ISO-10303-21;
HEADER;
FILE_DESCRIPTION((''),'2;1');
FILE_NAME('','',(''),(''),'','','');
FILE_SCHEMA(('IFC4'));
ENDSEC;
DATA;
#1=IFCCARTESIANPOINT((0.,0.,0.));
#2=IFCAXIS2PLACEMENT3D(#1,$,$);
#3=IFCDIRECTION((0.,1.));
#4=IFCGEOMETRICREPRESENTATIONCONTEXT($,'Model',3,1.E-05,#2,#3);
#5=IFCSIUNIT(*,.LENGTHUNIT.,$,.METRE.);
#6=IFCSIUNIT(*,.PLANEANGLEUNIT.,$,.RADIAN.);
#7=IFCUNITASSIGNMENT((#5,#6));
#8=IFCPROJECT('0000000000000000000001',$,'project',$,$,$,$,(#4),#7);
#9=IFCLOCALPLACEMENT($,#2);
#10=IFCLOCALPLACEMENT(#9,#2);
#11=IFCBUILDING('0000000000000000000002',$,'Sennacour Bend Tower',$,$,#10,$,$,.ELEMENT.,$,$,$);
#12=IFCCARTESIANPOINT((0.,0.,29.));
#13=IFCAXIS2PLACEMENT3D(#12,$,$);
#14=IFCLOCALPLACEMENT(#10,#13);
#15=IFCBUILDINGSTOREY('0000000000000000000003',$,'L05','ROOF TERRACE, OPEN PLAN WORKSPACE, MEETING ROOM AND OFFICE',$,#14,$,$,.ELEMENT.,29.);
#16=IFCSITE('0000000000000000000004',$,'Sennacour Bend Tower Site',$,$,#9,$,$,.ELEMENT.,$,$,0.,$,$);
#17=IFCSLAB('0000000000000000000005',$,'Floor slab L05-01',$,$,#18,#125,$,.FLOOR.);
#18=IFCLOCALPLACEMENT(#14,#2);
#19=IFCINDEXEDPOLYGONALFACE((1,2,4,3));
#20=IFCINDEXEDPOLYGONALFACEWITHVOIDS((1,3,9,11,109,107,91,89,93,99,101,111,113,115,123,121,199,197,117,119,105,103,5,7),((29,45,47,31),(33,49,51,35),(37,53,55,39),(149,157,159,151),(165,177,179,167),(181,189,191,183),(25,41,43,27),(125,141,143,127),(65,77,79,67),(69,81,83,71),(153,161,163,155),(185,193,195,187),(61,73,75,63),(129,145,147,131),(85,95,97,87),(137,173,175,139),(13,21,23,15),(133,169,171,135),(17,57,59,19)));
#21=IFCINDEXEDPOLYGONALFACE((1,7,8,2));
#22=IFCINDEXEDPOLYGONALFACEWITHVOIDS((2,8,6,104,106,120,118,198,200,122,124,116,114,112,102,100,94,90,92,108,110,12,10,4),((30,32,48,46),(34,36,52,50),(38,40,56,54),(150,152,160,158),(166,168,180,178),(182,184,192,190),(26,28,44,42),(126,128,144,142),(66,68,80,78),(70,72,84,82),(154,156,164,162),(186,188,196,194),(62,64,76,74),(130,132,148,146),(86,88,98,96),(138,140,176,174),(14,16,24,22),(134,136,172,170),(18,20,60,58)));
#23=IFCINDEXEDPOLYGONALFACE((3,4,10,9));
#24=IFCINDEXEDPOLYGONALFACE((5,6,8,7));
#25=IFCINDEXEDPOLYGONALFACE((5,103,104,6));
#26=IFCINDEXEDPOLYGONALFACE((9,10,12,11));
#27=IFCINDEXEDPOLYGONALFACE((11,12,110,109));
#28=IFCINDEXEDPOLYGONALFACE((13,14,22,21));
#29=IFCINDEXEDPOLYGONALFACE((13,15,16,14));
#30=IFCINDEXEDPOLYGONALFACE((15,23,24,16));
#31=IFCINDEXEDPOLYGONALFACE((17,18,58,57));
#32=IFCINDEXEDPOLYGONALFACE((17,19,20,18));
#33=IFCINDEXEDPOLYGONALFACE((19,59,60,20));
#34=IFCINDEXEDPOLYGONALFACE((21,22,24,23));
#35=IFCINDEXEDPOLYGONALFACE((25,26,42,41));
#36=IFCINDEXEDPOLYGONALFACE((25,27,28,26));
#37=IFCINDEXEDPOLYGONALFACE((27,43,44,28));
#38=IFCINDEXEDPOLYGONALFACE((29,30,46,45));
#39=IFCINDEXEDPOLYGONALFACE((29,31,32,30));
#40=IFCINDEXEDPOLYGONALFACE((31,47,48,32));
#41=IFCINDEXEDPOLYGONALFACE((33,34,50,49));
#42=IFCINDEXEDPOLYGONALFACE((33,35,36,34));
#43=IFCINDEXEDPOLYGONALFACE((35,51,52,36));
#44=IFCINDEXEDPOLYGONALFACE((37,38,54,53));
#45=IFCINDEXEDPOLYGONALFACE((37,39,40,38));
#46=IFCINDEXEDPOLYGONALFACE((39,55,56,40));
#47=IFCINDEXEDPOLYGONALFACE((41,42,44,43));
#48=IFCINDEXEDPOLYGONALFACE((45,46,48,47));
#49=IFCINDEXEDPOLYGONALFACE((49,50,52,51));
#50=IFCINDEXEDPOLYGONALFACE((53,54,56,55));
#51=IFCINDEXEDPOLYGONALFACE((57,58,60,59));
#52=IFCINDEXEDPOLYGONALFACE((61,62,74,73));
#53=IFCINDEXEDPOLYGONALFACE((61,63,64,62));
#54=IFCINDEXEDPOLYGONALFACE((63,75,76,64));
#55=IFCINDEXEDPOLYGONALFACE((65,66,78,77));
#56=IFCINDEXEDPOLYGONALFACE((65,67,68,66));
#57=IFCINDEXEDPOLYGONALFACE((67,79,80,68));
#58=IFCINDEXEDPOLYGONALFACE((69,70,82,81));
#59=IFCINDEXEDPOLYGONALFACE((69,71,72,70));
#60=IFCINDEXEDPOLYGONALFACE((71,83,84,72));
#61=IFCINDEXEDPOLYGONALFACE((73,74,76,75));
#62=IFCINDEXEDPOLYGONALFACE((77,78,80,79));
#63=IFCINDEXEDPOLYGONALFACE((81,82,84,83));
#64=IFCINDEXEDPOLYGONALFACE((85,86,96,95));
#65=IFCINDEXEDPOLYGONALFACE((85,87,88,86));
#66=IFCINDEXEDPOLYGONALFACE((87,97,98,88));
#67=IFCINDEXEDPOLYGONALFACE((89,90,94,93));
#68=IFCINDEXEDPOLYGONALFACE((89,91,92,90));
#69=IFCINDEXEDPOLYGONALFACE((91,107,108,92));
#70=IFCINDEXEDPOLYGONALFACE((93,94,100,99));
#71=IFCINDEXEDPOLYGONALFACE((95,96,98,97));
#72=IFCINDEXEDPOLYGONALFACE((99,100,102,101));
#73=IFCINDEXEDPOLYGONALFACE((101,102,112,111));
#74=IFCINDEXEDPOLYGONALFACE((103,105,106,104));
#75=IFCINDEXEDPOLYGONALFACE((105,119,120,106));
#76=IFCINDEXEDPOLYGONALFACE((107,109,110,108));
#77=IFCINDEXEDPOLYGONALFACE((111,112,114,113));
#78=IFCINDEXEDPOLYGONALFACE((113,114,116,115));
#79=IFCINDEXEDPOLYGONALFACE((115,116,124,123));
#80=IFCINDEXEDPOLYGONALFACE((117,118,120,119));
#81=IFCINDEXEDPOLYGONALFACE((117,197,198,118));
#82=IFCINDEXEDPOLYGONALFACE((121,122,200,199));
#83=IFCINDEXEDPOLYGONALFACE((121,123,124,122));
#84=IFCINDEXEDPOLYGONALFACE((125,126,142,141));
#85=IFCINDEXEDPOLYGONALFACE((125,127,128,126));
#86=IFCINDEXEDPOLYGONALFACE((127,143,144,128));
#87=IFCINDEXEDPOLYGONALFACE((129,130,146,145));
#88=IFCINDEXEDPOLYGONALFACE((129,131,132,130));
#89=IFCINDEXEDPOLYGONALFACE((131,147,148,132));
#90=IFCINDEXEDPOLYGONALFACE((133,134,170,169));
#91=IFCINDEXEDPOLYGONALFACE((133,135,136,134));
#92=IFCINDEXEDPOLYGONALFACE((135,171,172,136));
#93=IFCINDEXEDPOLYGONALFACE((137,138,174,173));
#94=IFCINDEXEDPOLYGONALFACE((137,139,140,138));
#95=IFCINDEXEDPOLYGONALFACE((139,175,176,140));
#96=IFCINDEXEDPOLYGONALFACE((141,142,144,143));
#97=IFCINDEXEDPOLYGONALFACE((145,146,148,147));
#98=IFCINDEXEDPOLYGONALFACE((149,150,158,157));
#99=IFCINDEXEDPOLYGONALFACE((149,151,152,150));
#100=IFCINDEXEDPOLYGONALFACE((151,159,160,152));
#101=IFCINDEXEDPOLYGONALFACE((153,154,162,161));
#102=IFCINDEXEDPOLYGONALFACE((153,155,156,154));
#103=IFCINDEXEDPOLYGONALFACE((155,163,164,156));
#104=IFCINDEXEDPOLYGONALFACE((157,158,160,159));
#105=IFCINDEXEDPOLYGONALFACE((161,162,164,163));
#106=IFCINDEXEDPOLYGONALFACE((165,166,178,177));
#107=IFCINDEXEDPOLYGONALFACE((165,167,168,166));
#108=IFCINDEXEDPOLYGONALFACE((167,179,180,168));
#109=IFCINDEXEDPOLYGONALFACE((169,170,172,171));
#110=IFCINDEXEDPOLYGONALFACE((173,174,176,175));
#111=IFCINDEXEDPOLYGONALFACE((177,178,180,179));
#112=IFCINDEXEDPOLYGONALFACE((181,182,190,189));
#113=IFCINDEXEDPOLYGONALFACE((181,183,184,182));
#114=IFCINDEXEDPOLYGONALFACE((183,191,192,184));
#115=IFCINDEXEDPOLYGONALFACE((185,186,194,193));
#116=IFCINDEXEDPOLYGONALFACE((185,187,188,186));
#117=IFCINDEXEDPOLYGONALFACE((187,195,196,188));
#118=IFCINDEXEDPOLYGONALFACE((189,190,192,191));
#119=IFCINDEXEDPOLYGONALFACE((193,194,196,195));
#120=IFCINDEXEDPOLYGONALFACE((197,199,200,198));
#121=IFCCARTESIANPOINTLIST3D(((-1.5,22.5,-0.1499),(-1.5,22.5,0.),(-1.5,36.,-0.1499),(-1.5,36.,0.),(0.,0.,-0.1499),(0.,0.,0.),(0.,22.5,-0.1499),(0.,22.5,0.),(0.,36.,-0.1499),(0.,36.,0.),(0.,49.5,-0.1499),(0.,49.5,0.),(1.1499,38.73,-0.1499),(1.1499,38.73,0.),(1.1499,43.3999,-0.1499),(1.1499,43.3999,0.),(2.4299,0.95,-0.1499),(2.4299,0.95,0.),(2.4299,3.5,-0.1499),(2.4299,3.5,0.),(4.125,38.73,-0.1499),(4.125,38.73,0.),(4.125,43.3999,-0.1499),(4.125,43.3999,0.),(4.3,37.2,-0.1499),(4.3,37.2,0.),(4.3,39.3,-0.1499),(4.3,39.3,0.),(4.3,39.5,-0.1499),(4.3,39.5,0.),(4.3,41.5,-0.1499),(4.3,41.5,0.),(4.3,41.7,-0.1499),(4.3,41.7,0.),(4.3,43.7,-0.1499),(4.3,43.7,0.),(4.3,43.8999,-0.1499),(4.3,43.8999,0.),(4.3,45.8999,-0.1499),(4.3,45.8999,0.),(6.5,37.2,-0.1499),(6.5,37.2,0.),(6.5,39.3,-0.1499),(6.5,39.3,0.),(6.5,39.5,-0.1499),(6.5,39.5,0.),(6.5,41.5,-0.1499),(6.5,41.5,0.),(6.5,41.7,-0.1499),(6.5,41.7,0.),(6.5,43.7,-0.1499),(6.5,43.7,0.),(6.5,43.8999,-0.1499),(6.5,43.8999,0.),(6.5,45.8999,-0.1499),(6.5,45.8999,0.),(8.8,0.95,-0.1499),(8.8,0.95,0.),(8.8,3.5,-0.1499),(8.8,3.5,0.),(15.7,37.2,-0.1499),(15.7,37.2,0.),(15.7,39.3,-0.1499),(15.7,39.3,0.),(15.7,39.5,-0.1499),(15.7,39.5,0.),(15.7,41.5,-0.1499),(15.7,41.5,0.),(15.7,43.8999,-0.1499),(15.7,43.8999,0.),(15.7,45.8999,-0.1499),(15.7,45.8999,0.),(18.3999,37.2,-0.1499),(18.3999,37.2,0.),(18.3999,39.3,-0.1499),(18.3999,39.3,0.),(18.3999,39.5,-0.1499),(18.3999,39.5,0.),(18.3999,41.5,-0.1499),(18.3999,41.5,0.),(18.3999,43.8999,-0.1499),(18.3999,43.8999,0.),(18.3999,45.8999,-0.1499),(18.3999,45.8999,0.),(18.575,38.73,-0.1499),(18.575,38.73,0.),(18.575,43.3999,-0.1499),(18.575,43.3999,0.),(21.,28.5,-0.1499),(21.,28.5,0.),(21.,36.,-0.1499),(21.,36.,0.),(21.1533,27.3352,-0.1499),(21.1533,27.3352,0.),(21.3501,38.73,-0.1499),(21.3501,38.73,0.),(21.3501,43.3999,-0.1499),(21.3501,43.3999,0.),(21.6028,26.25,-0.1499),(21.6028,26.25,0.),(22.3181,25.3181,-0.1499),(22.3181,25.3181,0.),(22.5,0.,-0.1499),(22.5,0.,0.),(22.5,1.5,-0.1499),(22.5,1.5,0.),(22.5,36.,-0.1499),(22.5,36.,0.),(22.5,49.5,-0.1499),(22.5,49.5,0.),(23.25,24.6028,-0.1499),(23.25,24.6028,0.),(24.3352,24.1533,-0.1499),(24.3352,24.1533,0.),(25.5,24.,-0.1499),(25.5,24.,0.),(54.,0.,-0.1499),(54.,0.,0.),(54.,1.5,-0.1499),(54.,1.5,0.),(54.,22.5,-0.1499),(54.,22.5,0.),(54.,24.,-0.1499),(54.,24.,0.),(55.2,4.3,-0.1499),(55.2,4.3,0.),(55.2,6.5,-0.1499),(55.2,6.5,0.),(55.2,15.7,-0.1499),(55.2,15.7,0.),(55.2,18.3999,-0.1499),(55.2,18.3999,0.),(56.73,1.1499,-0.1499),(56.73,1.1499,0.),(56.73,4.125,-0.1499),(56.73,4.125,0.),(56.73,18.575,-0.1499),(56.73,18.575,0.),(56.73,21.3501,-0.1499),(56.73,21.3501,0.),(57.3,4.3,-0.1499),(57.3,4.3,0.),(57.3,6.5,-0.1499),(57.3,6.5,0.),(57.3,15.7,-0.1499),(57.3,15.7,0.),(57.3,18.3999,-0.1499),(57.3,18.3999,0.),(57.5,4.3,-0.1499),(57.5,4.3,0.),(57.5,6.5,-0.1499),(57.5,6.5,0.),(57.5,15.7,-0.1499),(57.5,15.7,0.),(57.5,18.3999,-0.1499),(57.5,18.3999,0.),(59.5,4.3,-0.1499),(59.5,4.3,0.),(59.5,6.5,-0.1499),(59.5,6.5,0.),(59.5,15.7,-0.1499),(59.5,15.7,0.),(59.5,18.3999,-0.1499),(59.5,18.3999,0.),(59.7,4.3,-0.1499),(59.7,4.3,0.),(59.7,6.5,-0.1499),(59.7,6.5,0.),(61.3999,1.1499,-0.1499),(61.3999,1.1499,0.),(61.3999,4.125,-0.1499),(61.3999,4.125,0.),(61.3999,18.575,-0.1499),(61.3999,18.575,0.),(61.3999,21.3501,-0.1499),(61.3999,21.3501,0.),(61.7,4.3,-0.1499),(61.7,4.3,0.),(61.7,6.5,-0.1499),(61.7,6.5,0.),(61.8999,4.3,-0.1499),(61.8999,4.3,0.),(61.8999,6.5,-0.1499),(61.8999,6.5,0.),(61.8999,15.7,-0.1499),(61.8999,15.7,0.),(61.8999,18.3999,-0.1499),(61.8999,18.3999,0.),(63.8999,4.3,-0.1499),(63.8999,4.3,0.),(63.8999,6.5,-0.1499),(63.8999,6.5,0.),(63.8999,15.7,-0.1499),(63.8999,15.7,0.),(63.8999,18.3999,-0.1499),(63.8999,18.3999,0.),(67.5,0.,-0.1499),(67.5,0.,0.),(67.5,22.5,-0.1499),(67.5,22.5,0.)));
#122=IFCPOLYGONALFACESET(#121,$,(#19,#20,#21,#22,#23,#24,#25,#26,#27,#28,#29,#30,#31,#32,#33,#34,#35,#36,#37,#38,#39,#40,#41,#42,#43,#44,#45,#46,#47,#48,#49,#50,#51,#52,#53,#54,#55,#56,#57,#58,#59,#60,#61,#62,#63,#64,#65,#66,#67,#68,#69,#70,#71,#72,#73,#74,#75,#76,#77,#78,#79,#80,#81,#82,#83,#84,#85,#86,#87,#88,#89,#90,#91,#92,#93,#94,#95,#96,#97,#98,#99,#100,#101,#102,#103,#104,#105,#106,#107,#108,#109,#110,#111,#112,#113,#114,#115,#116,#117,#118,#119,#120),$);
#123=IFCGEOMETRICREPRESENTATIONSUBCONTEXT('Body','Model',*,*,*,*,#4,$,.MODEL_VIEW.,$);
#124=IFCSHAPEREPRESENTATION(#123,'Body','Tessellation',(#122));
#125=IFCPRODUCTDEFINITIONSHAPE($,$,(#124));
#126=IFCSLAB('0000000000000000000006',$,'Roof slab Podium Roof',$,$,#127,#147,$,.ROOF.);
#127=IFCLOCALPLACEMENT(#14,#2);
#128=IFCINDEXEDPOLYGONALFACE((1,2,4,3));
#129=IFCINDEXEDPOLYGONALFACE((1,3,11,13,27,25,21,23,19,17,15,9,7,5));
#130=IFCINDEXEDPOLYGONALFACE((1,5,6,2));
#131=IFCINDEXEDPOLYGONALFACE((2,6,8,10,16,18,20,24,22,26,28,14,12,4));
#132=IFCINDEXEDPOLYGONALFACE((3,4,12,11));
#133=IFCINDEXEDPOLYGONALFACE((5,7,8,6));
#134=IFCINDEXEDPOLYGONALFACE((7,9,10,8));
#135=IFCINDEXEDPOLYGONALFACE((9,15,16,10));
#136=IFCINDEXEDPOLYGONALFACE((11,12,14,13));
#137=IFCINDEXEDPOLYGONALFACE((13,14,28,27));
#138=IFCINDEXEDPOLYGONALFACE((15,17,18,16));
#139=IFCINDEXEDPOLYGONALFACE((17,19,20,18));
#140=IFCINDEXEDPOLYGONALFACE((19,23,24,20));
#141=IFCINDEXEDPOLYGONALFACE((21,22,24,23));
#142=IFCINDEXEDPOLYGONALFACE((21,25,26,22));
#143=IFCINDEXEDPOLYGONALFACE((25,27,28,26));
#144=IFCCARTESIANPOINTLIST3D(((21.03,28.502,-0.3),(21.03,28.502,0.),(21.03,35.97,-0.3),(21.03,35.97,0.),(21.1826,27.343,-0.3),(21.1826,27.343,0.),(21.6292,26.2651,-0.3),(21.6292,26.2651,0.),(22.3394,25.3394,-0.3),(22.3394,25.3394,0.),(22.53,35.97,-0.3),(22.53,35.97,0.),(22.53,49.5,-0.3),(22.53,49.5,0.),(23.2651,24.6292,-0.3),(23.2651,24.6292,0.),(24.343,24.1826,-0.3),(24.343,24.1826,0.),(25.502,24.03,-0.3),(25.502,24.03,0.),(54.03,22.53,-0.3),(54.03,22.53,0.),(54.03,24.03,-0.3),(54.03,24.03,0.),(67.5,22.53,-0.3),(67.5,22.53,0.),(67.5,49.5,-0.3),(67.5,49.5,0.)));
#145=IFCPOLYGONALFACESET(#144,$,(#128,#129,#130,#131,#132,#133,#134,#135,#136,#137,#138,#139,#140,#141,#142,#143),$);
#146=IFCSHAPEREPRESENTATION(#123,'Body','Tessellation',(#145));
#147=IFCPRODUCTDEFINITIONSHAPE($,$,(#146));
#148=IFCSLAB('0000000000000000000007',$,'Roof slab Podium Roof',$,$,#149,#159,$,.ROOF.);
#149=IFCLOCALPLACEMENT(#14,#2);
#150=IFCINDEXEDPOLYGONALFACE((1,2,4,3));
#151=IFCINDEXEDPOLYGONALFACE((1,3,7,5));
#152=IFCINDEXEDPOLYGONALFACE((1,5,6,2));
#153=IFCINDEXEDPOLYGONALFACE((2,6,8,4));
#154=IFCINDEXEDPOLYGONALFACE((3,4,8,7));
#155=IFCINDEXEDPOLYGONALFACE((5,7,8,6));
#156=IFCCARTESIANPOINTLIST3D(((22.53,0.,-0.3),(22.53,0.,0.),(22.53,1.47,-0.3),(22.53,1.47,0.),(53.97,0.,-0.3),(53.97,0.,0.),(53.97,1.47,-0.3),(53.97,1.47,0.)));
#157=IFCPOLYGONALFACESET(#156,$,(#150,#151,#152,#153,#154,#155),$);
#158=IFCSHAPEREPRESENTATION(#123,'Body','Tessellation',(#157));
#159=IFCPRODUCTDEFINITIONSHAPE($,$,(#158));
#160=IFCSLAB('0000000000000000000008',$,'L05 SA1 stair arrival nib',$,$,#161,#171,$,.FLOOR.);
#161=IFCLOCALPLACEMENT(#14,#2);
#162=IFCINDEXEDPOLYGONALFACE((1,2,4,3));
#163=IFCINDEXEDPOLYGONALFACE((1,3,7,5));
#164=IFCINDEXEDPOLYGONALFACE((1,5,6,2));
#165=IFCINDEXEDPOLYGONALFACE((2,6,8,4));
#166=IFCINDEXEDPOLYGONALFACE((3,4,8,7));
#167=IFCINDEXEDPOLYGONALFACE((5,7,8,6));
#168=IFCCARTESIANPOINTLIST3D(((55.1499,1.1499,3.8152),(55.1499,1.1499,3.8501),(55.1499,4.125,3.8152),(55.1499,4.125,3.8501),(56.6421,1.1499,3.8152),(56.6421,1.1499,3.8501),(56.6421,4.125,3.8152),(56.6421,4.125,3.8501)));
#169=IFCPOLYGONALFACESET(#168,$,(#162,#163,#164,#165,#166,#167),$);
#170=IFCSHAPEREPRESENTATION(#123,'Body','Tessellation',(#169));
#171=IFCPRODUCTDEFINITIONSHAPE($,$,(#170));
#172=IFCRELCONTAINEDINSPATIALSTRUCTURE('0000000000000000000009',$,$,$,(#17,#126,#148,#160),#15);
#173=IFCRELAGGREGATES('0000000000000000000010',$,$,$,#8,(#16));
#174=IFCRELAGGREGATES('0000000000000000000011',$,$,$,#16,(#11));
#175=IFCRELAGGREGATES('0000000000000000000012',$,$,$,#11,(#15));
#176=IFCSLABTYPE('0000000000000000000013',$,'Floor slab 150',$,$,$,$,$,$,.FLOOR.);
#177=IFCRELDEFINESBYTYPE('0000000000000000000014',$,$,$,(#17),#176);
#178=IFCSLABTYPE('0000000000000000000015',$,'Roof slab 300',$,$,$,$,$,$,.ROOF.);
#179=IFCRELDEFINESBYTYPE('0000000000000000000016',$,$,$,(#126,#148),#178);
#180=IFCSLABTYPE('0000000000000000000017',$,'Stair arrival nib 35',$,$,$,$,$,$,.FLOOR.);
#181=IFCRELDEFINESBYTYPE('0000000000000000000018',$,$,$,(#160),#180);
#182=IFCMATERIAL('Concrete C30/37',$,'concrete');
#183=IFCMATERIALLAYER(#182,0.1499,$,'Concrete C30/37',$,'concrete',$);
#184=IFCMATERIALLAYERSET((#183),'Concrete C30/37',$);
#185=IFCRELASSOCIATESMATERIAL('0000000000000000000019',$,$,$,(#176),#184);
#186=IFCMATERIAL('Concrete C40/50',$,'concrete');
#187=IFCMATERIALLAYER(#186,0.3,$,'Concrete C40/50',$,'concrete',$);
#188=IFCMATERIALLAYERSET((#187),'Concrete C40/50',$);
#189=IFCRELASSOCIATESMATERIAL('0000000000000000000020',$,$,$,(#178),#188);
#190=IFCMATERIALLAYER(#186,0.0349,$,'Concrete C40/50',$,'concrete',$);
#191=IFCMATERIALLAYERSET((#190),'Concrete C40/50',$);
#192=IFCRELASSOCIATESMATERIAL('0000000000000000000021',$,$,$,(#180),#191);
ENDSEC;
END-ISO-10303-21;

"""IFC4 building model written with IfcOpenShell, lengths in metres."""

from ifc_helpers import new_model, si_unit, direction, frame, origin, place, context, subcontext, project, spatial, polyline, outline, extrude, material, layer, layer_set, type_object, element, save


model = new_model("IFC4")

# Units and contexts
model_context = context("Model", 3, precision=1e-05, world=origin(), true_north=direction((0.0, 1.0)))
body_context = subcontext(model_context, "Body", "Model", "MODEL_VIEW")
ifc_project = project(units=[si_unit("LENGTHUNIT", "METRE"), si_unit("PLANEANGLEUNIT", "RADIAN")], contexts=[model_context])

# Site, building, storey
site_placement = place(None, origin())
site = spatial("IfcSite", under=ifc_project, at=site_placement, Name="Sennacour Bend Tower Site", CompositionType="ELEMENT", RefElevation=0.0)
building_placement = place(site_placement, origin())
building = spatial("IfcBuilding", under=site, at=building_placement, Name="Sennacour Bend Tower", CompositionType="ELEMENT")
storey_placement = place(building_placement, frame((0.0, 0.0, 29.0)))
storey = spatial("IfcBuildingStorey", under=building, at=storey_placement, Name="L05", Description="ROOF TERRACE, OPEN PLAN WORKSPACE, MEETING ROOM AND OFFICE", CompositionType="ELEMENT", Elevation=29.0)

# Slabs
ifc_material_1 = material(Name="Concrete C30/37", Category="concrete")
ifc_layer_1 = layer(ifc_material_1, 0.1499, Name="Concrete C30/37", Category="concrete")
ifc_layer_set_1 = layer_set([ifc_layer_1], Name="Concrete C30/37")
slab_type_1 = type_object("IfcSlabType", Name="Floor slab 150", PredefinedType="FLOOR", material=ifc_layer_set_1)
slab_1_placement = place(storey_placement, frame((0.0, 0.0, -0.1499)))
element("IfcSlab", 1, at=slab_1_placement, inside=storey, type_object=slab_type_1, Name="Floor slab L05-01", PredefinedType="FLOOR", context=body_context, shape_type="SweptSolid", body=[
    extrude(outline(polyline([(0.0, 22.5), (-1.5, 22.5), (-1.5, 36.0), (0.0, 36.0), (0.0, 49.5), (22.5, 49.5), (22.5, 36.0), (21.0, 36.0), (21.0, 28.5), (21.1533, 27.3352), (21.6028, 26.25), (22.3181, 25.3181), (23.25, 24.6028), (24.3352, 24.1533), (25.5, 24.0), (54.0, 24.0), (54.0, 22.5), (67.5, 22.5), (67.5, 0.0), (54.0, 0.0), (54.0, 1.5), (22.5, 1.5), (22.5, 0.0), (0.0, 0.0), (0.0, 22.5)]), holes=[polyline([(8.8, 0.95), (8.8, 3.5), (2.4299, 3.5), (2.4299, 0.95), (8.8, 0.95)]), polyline([(6.5, 37.2), (6.5, 39.3), (4.3, 39.3), (4.3, 37.2), (6.5, 37.2)]), polyline([(18.3999, 37.2), (18.3999, 39.3), (15.7, 39.3), (15.7, 37.2), (18.3999, 37.2)]), polyline([(6.5, 39.5), (6.5, 41.5), (4.3, 41.5), (4.3, 39.5), (6.5, 39.5)]), polyline([(18.3999, 39.5), (18.3999, 41.5), (15.7, 41.5), (15.7, 39.5), (18.3999, 39.5)]), polyline([(4.125, 38.73), (4.125, 43.3999), (1.1499, 43.3999), (1.1499, 38.73), (4.125, 38.73)]), polyline([(21.3501, 38.73), (21.3501, 43.3999), (18.575, 43.3999), (18.575, 38.73), (21.3501, 38.73)]), polyline([(4.3, 41.7), (6.5, 41.7), (6.5, 43.7), (4.3, 43.7), (4.3, 41.7)]), polyline([(4.3, 43.8999), (6.5, 43.8999), (6.5, 45.8999), (4.3, 45.8999), (4.3, 43.8999)]), polyline([(18.3999, 43.8999), (18.3999, 45.8999), (15.7, 45.8999), (15.7, 43.8999), (18.3999, 43.8999)]), polyline([(61.3999, 1.1499), (61.3999, 4.125), (56.73, 4.125), (56.73, 1.1499), (61.3999, 1.1499)]), polyline([(57.3, 4.3), (57.3, 6.5), (55.2, 6.5), (55.2, 4.3), (57.3, 4.3)]), polyline([(57.5, 4.3), (59.5, 4.3), (59.5, 6.5), (57.5, 6.5), (57.5, 4.3)]), polyline([(59.7, 4.3), (61.7, 4.3), (61.7, 6.5), (59.7, 6.5), (59.7, 4.3)]), polyline([(63.8999, 4.3), (63.8999, 6.5), (61.8999, 6.5), (61.8999, 4.3), (63.8999, 4.3)]), polyline([(57.3, 15.7), (57.3, 18.3999), (55.2, 18.3999), (55.2, 15.7), (57.3, 15.7)]), polyline([(59.5, 15.7), (59.5, 18.3999), (57.5, 18.3999), (57.5, 15.7), (59.5, 15.7)]), polyline([(61.8999, 15.7), (63.8999, 15.7), (63.8999, 18.3999), (61.8999, 18.3999), (61.8999, 15.7)]), polyline([(56.73, 18.575), (61.3999, 18.575), (61.3999, 21.3501), (56.73, 21.3501), (56.73, 18.575)])]), origin(), (0.0, 0.0, 1.0), 0.1499),
])
ifc_material_2 = material(Name="Concrete C40/50", Category="concrete")
ifc_layer_2 = layer(ifc_material_2, 0.3, Name="Concrete C40/50", Category="concrete")
ifc_layer_set_2 = layer_set([ifc_layer_2], Name="Concrete C40/50")
slab_type_2 = type_object("IfcSlabType", Name="Roof slab 300", PredefinedType="ROOF", material=ifc_layer_set_2)
slab_2_placement = place(storey_placement, frame((0.0, 0.0, -0.3)))
element("IfcSlab", 2, at=slab_2_placement, inside=storey, type_object=slab_type_2, Name="Roof slab Podium Roof", PredefinedType="ROOF", context=body_context, shape_type="SweptSolid", body=[
    extrude(outline(polyline([(67.5, 49.5), (67.5, 22.53), (54.03, 22.53), (54.03, 24.03), (25.502, 24.03), (24.343, 24.1826), (23.2651, 24.6292), (22.3394, 25.3394), (21.6292, 26.2651), (21.1826, 27.343), (21.03, 28.502), (21.03, 35.97), (22.53, 35.97), (22.53, 49.5), (67.5, 49.5)])), origin(), (0.0, 0.0, 1.0), 0.3),
])
slab_3_placement = place(storey_placement, frame((0.0, 0.0, -0.3)))
element("IfcSlab", 3, at=slab_3_placement, inside=storey, type_object=slab_type_2, Name="Roof slab Podium Roof", PredefinedType="ROOF", context=body_context, shape_type="SweptSolid", body=[
    extrude(outline(polyline([(22.53, 0.0), (22.53, 1.47), (53.97, 1.47), (53.97, 0.0), (22.53, 0.0)])), origin(), (0.0, 0.0, 1.0), 0.3),
])
ifc_layer_3 = layer(ifc_material_2, 0.0349, Name="Concrete C40/50", Category="concrete")
ifc_layer_set_3 = layer_set([ifc_layer_3], Name="Concrete C40/50")
slab_type_3 = type_object("IfcSlabType", Name="Stair arrival nib 35", PredefinedType="FLOOR", material=ifc_layer_set_3)
slab_4_placement = place(storey_placement, frame((0.0, 0.0, 3.8152)))
element("IfcSlab", 4, at=slab_4_placement, inside=storey, type_object=slab_type_3, Name="L05 SA1 stair arrival nib", PredefinedType="FLOOR", context=body_context, shape_type="SweptSolid", body=[
    extrude(outline(polyline([(56.6421, 4.125), (55.1499, 4.125), (55.1499, 1.1499), (56.6421, 1.1499), (56.6421, 4.125)])), origin(), (0.0, 0.0, 1.0), 0.0349),
])

save(model, "model.ifc")
